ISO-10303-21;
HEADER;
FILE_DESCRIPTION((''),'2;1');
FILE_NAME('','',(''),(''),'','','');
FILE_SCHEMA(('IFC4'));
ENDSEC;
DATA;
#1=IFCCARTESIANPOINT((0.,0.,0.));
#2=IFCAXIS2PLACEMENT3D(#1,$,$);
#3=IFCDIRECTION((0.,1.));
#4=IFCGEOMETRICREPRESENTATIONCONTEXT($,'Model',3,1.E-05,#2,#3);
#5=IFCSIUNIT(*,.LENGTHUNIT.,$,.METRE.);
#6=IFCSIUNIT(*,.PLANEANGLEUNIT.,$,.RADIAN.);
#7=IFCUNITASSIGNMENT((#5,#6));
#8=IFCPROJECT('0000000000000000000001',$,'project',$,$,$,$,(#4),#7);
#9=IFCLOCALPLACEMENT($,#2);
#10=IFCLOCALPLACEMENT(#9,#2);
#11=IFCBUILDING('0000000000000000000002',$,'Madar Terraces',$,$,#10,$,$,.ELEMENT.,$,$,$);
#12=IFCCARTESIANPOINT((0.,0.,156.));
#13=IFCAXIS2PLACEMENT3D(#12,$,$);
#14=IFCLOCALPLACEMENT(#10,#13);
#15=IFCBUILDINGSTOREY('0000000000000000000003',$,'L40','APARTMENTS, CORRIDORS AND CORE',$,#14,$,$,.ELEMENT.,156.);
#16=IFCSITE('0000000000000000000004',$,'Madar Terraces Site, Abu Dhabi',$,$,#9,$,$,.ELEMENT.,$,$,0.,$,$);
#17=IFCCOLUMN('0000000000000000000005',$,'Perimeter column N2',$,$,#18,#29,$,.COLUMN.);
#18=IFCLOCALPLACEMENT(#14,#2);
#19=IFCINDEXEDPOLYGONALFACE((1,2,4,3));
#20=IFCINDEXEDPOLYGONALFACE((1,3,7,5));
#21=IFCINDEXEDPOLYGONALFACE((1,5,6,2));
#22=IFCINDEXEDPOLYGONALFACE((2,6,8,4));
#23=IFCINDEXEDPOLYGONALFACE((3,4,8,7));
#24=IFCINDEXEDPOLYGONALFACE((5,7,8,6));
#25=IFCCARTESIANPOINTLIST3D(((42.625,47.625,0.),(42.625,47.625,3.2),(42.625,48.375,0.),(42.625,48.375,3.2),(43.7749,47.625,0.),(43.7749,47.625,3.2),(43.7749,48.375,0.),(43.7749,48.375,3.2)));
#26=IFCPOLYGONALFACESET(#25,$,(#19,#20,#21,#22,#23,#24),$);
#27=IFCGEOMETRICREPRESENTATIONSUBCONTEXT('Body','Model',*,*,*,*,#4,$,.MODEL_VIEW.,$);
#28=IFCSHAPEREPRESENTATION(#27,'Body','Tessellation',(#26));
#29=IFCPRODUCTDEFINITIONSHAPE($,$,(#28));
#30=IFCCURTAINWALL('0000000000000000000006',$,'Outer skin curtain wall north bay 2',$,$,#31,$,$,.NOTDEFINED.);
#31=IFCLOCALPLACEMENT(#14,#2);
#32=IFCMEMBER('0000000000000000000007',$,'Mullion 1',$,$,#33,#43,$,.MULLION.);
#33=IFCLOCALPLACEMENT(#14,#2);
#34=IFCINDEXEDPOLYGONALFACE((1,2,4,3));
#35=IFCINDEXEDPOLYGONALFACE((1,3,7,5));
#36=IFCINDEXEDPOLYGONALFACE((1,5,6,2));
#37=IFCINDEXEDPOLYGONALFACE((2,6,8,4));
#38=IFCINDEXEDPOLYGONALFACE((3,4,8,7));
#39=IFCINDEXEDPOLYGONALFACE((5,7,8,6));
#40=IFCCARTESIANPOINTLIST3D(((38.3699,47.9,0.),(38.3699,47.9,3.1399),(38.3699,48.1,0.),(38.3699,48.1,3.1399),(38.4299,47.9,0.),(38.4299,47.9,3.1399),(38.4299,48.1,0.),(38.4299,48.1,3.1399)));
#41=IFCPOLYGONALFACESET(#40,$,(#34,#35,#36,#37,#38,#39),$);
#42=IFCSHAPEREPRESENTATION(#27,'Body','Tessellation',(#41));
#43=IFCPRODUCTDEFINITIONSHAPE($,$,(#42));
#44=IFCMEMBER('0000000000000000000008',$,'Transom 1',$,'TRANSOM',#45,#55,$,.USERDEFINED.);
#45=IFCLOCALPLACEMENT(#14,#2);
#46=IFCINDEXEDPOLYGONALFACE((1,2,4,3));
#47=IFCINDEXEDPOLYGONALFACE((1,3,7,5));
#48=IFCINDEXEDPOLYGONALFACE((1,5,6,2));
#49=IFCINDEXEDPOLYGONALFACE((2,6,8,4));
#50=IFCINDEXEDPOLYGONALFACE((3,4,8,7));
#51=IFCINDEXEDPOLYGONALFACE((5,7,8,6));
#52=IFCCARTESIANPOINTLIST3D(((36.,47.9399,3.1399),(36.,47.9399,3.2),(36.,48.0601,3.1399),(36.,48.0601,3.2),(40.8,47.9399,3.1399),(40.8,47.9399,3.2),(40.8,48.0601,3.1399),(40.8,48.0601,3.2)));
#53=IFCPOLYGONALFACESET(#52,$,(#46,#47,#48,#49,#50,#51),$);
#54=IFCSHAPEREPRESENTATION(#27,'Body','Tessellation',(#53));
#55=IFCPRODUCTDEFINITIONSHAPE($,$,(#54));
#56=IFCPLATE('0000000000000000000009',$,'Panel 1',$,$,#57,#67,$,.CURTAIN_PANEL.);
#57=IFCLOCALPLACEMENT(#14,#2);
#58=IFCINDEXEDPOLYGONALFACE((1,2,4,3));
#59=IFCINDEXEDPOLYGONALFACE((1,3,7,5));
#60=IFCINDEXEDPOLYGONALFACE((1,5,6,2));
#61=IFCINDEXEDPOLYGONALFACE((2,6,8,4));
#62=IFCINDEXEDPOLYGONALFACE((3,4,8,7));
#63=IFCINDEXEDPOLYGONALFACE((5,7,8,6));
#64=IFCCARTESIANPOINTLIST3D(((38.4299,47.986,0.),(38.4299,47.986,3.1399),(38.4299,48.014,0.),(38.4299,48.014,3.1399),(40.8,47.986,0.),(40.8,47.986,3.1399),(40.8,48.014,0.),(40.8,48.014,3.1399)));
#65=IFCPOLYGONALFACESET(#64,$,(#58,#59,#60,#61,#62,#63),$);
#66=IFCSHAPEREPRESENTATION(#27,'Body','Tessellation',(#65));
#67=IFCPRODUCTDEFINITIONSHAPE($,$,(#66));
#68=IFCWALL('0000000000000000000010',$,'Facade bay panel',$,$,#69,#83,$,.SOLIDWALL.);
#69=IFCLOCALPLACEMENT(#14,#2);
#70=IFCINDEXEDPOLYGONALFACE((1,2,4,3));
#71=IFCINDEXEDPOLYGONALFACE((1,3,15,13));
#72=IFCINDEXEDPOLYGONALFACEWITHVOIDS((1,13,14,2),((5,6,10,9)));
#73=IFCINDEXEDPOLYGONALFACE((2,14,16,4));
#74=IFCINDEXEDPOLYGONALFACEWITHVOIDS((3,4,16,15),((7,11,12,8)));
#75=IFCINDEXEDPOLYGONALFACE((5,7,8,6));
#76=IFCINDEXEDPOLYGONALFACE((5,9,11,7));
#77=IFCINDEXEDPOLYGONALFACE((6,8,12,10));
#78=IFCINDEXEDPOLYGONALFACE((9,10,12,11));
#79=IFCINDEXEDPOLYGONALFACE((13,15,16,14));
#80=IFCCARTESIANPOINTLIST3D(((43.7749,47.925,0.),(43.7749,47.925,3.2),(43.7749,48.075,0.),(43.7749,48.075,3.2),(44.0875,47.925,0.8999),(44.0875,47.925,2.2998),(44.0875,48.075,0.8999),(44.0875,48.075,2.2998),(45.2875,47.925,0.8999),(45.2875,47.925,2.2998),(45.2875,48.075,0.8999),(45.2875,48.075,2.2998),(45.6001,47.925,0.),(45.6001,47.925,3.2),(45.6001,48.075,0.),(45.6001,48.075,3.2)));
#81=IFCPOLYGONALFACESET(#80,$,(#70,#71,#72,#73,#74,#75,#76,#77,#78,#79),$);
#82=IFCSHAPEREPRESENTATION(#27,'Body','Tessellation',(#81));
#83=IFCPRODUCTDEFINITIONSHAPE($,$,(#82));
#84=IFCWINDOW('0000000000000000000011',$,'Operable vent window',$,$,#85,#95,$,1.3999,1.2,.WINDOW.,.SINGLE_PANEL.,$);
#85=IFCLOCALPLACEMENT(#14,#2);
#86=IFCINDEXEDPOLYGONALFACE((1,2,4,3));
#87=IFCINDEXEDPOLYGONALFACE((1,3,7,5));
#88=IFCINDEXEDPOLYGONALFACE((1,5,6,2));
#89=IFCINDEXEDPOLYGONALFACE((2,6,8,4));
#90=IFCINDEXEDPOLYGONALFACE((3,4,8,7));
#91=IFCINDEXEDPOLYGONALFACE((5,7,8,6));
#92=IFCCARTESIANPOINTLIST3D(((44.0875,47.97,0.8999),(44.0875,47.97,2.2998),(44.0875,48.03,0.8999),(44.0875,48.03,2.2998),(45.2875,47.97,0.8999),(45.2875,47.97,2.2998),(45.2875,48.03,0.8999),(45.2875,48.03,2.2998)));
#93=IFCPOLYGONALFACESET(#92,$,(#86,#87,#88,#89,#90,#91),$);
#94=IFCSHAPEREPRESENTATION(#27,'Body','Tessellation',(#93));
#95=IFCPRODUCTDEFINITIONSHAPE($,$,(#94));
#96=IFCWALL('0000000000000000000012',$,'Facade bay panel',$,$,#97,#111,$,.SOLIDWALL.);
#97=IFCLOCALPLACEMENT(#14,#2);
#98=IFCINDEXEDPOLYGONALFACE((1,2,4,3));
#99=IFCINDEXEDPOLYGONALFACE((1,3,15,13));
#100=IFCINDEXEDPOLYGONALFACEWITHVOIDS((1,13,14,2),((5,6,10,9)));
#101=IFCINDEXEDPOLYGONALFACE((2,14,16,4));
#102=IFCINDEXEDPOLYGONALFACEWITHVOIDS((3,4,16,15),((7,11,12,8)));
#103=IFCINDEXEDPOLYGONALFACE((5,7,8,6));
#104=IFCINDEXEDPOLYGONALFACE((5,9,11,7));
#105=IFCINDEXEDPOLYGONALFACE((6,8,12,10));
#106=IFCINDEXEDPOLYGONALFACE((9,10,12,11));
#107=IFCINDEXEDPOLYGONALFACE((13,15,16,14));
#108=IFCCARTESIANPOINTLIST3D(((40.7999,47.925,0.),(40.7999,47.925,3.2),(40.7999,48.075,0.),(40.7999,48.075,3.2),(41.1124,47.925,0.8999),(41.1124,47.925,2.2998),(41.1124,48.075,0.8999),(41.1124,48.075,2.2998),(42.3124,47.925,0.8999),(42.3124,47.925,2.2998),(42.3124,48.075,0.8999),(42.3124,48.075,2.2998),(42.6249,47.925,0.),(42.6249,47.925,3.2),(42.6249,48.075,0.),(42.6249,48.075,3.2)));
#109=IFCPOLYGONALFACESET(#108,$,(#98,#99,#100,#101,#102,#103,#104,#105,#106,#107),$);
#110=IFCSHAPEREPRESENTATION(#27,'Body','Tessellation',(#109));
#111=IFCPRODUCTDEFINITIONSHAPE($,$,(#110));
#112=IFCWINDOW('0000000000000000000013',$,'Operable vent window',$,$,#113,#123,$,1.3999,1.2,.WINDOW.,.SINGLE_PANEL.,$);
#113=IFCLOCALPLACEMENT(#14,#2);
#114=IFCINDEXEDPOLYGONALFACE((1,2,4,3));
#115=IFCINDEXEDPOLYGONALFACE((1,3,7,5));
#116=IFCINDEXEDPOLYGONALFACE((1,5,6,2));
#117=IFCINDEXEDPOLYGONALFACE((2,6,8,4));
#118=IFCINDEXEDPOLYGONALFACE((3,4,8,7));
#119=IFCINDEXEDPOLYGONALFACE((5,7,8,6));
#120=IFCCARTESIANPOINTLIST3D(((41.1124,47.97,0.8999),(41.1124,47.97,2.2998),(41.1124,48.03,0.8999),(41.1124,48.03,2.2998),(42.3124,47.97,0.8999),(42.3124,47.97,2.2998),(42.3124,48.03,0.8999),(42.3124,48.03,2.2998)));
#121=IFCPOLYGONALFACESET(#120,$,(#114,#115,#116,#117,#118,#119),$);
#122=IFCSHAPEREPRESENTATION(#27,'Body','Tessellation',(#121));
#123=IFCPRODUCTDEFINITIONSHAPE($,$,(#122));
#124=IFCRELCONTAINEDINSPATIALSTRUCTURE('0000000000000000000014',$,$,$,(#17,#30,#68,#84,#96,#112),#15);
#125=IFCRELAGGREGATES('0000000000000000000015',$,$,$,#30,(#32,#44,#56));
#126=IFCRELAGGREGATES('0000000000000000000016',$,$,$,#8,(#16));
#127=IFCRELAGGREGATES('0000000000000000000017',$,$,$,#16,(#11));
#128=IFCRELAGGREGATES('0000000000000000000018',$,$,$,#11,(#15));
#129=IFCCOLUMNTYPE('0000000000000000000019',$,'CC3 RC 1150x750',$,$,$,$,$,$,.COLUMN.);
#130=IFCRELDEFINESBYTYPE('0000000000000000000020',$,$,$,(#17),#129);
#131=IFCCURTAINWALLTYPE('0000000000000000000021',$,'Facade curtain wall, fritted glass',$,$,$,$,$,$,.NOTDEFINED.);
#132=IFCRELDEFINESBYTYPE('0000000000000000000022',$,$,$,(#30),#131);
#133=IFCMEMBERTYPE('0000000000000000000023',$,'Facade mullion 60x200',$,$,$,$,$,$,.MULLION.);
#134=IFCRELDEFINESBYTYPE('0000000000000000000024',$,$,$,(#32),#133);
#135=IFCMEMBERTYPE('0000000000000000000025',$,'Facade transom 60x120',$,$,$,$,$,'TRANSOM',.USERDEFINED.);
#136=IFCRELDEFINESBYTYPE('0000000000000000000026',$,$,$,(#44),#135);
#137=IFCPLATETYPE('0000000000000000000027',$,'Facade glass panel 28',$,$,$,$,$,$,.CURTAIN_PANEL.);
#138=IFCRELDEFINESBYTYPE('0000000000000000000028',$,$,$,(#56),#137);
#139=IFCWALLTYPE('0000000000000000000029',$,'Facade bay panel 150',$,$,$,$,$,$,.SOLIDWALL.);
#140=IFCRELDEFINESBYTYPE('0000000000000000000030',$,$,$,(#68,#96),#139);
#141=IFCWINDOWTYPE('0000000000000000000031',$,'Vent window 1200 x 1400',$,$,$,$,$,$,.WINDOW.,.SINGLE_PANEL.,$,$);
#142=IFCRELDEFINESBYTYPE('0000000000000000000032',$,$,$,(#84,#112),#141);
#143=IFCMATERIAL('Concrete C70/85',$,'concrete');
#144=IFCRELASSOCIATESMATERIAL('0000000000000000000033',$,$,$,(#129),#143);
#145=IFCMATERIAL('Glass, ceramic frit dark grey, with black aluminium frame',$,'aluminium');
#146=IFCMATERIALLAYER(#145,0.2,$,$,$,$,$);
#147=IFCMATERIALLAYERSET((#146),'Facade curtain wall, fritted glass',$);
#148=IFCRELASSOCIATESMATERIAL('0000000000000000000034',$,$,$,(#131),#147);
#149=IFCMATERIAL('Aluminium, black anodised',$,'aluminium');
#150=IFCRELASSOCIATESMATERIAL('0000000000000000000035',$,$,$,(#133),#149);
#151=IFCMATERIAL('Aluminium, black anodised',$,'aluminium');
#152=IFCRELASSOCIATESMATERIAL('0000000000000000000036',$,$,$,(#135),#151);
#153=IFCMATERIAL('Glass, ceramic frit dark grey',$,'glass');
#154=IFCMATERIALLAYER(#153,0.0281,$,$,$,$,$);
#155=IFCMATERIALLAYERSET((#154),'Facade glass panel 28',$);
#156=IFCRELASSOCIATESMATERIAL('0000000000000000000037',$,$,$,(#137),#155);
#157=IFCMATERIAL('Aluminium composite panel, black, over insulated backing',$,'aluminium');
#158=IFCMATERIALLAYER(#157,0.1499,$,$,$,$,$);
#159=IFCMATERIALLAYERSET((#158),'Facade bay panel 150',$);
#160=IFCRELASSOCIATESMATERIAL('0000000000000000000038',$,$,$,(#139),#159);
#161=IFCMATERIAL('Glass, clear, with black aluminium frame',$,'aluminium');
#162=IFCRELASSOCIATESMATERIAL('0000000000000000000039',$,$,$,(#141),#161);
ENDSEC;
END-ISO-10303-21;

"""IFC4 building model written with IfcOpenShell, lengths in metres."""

from ifc_helpers import new_model, si_unit, direction, frame, frame_2d, origin, origin_2d, place, context, subcontext, project, spatial, rectangle, extrude, material, layer, layer_set, material_profile, profile_set, type_object, element, fill, aggregate, save


model = new_model("IFC4")

# Units and contexts
model_context = context("Model", 3, precision=1e-05, world=origin(), true_north=direction((0.0, 1.0)))
body_context = subcontext(model_context, "Body", "Model", "MODEL_VIEW")
ifc_project = project(units=[si_unit("LENGTHUNIT", "METRE"), si_unit("PLANEANGLEUNIT", "RADIAN")], contexts=[model_context])

# Site, building, storey
site_placement = place(None, origin())
site = spatial("IfcSite", under=ifc_project, at=site_placement, Name="Madar Terraces Site, Abu Dhabi", CompositionType="ELEMENT", RefElevation=0.0)
building_placement = place(site_placement, origin())
building = spatial("IfcBuilding", under=site, at=building_placement, Name="Madar Terraces", CompositionType="ELEMENT")
storey_placement = place(building_placement, frame((0.0, 0.0, 156.0)))
storey = spatial("IfcBuildingStorey", under=building, at=storey_placement, Name="L40", Description="APARTMENTS, CORRIDORS AND CORE", CompositionType="ELEMENT", Elevation=156.0)

# Column
ifc_material_1 = material(Name="Concrete C70/85", Category="concrete")
ifc_material_profile_1 = material_profile(ifc_material_1, rectangle(XDim=1.1499, YDim=0.75, at=origin_2d()), Name="CC3 RC 1150x750")
ifc_profile_set_1 = profile_set([ifc_material_profile_1], Name="Concrete C70/85")
column_type = type_object("IfcColumnType", Name="CC3 RC 1150x750", PredefinedType="COLUMN", material=ifc_profile_set_1)
column_placement = place(storey_placement, frame((43.2, 48.0, 0.0), z_axis=(0.0, 0.0, 1.0), x_axis=(1.0, 0.0, 0.0)))
element("IfcColumn", 1, at=column_placement, inside=storey, type_object=column_type, Name="Perimeter column N2", PredefinedType="COLUMN", context=body_context, shape_type="SweptSolid", body=[
    extrude(rectangle(XDim=1.1499, YDim=0.75, at=origin_2d()), origin(), (0.0, 0.0, 1.0), 3.2),
])

# Curtain wall, members, plate
ifc_material_2 = material(Name="Glass, ceramic frit dark grey, with black aluminium frame", Category="aluminium")
ifc_layer_1 = layer(ifc_material_2, 0.2)
ifc_layer_set_1 = layer_set([ifc_layer_1], Name="Facade curtain wall, fritted glass")
curtain_wall_type = type_object("IfcCurtainWallType", Name="Facade curtain wall, fritted glass", PredefinedType="NOTDEFINED", material=ifc_layer_set_1)
curtain_wall_placement = place(storey_placement, origin())
curtain_wall = element("IfcCurtainWall", 2, at=curtain_wall_placement, inside=storey, type_object=curtain_wall_type, Name="Outer skin curtain wall north bay 2", PredefinedType="NOTDEFINED")
ifc_material_3 = material(Name="Aluminium, black anodised", Category="aluminium")
ifc_material_profile_2 = material_profile(ifc_material_3, rectangle(XDim=0.2, YDim=0.0601, at=origin_2d()), Name="Facade mullion 60x200")
ifc_profile_set_2 = profile_set([ifc_material_profile_2], Name="Aluminium, black anodised")
member_type_1 = type_object("IfcMemberType", Name="Facade mullion 60x200", PredefinedType="MULLION", material=ifc_profile_set_2)
member_1_placement = place(storey_placement, frame((38.3999, 48.0, 0.0), z_axis=(0.0, 0.0, 1.0), x_axis=(0.0, -1.0, 0.0)))
member_1 = element("IfcMember", 3, at=member_1_placement, type_object=member_type_1, Name="Mullion 1", PredefinedType="MULLION", context=body_context, shape_type="SweptSolid", body=[
    extrude(rectangle(XDim=0.2, YDim=0.0601, at=origin_2d()), origin(), (0.0, 0.0, 1.0), 3.1399),
])
ifc_material_4 = material(Name="Aluminium, black anodised", Category="aluminium")
ifc_material_profile_3 = material_profile(ifc_material_4, rectangle(XDim=0.1201, YDim=0.0601, at=origin_2d()), Name="Facade transom 60x120")
ifc_profile_set_3 = profile_set([ifc_material_profile_3], Name="Aluminium, black anodised")
member_type_2 = type_object("IfcMemberType", Name="Facade transom 60x120", ElementType="TRANSOM", PredefinedType="USERDEFINED", material=ifc_profile_set_3)
member_2_placement = place(storey_placement, frame((40.8, 48.0, 3.1699), z_axis=(-1.0, 0.0, 0.0), x_axis=(0.0, -1.0, 0.0)))
member_2 = element("IfcMember", 4, at=member_2_placement, type_object=member_type_2, Name="Transom 1", ObjectType="TRANSOM", PredefinedType="USERDEFINED", context=body_context, shape_type="SweptSolid", body=[
    extrude(rectangle(XDim=0.1201, YDim=0.0601, at=origin_2d()), origin(), (0.0, 0.0, 1.0), 4.8),
])
ifc_material_5 = material(Name="Glass, ceramic frit dark grey", Category="glass")
ifc_layer_2 = layer(ifc_material_5, 0.0281)
ifc_layer_set_2 = layer_set([ifc_layer_2], Name="Facade glass panel 28")
plate_type = type_object("IfcPlateType", Name="Facade glass panel 28", PredefinedType="CURTAIN_PANEL", material=ifc_layer_set_2)
plate_placement = place(storey_placement, frame((39.615, 48.0, 0.0), z_axis=(0.0, 0.0, 1.0), x_axis=(-1.0, 0.0, 0.0)))
plate = element("IfcPlate", 5, at=plate_placement, type_object=plate_type, Name="Panel 1", PredefinedType="CURTAIN_PANEL", context=body_context, shape_type="SweptSolid", body=[
    extrude(rectangle(XDim=2.3701, YDim=0.0281, at=origin_2d()), origin(), (0.0, 0.0, 1.0), 3.1399),
])
aggregate(curtain_wall, [member_1, member_2, plate])

# Walls, openings, windows
ifc_material_6 = material(Name="Aluminium composite panel, black, over insulated backing", Category="aluminium")
ifc_layer_3 = layer(ifc_material_6, 0.1499)
ifc_layer_set_3 = layer_set([ifc_layer_3], Name="Facade bay panel 150")
wall_type_1 = type_object("IfcWallType", Name="Facade bay panel 150", PredefinedType="SOLIDWALL", material=ifc_layer_set_3)
wall_1_placement = place(storey_placement, frame((45.6001, 48.0, 0.0), z_axis=(0.0, 0.0, 1.0), x_axis=(-1.0, 0.0, 0.0)))
wall_1 = element("IfcWall", 6, at=wall_1_placement, inside=storey, type_object=wall_type_1, Name="Facade bay panel", PredefinedType="SOLIDWALL", context=body_context, shape_type="SweptSolid", body=[
    extrude(rectangle(XDim=1.8252, YDim=0.1499, at=frame_2d((0.9126, 0.0))), origin(), (0.0, 0.0, 1.0), 3.2),
])
opening_1_placement = place(wall_1_placement, frame((0.3125, 0.0, 0.8999)))
opening_1 = element("IfcOpeningElement", 7, at=opening_1_placement, cuts=wall_1, PredefinedType="OPENING", context=body_context, shape_type="SweptSolid", body=[
    extrude(rectangle(XDim=1.2, YDim=1.3999, at=frame_2d((0.6001, 0.7))), frame((0.0, 0.085, 0.0), z_axis=(0.0, -1.0, 0.0), x_axis=(1.0, 0.0, 0.0)), (0.0, 0.0, 1.0), 0.1699),
])
ifc_material_7 = material(Name="Glass, clear, with black aluminium frame", Category="aluminium")
window_type = type_object("IfcWindowType", Name="Vent window 1200 x 1400", PartitioningType="SINGLE_PANEL", PredefinedType="WINDOW", material=ifc_material_7)
window_1_placement = place(opening_1_placement, origin())
window_1 = element("IfcWindow", 8, at=window_1_placement, inside=storey, type_object=window_type, Name="Operable vent window", OverallHeight=1.3999, OverallWidth=1.2, PartitioningType="SINGLE_PANEL", PredefinedType="WINDOW", context=body_context, shape_type="SweptSolid", body=[
    extrude(rectangle(XDim=1.2, YDim=1.3999, at=frame_2d((0.6001, 0.7))), frame((0.0, 0.03, 0.0), z_axis=(0.0, -1.0, 0.0), x_axis=(1.0, 0.0, 0.0)), (0.0, 0.0, 1.0), 0.0601),
])
fill(opening_1, window_1)
wall_2_placement = place(storey_placement, frame((42.625, 48.0, 0.0), z_axis=(0.0, 0.0, 1.0), x_axis=(-1.0, 0.0, 0.0)))
wall_2 = element("IfcWall", 9, at=wall_2_placement, inside=storey, type_object=wall_type_1, Name="Facade bay panel", PredefinedType="SOLIDWALL", context=body_context, shape_type="SweptSolid", body=[
    extrude(rectangle(XDim=1.825, YDim=0.1499, at=frame_2d((0.9126, 0.0))), origin(), (0.0, 0.0, 1.0), 3.2),
])
opening_2_placement = place(wall_2_placement, frame((0.3125, 0.0, 0.8999)))
opening_2 = element("IfcOpeningElement", 10, at=opening_2_placement, cuts=wall_2, PredefinedType="OPENING", context=body_context, shape_type="SweptSolid", body=[
    extrude(rectangle(XDim=1.2, YDim=1.3999, at=frame_2d((0.6001, 0.7))), frame((0.0, 0.085, 0.0), z_axis=(0.0, -1.0, 0.0), x_axis=(1.0, 0.0, 0.0)), (0.0, 0.0, 1.0), 0.1699),
])
window_2_placement = place(opening_2_placement, origin())
window_2 = element("IfcWindow", 11, at=window_2_placement, inside=storey, type_object=window_type, Name="Operable vent window", OverallHeight=1.3999, OverallWidth=1.2, PartitioningType="SINGLE_PANEL", PredefinedType="WINDOW", context=body_context, shape_type="SweptSolid", body=[
    extrude(rectangle(XDim=1.2, YDim=1.3999, at=frame_2d((0.6001, 0.7))), frame((0.0, 0.03, 0.0), z_axis=(0.0, -1.0, 0.0), x_axis=(1.0, 0.0, 0.0)), (0.0, 0.0, 1.0), 0.0601),
])
fill(opening_2, window_2)

save(model, "model.ifc")
